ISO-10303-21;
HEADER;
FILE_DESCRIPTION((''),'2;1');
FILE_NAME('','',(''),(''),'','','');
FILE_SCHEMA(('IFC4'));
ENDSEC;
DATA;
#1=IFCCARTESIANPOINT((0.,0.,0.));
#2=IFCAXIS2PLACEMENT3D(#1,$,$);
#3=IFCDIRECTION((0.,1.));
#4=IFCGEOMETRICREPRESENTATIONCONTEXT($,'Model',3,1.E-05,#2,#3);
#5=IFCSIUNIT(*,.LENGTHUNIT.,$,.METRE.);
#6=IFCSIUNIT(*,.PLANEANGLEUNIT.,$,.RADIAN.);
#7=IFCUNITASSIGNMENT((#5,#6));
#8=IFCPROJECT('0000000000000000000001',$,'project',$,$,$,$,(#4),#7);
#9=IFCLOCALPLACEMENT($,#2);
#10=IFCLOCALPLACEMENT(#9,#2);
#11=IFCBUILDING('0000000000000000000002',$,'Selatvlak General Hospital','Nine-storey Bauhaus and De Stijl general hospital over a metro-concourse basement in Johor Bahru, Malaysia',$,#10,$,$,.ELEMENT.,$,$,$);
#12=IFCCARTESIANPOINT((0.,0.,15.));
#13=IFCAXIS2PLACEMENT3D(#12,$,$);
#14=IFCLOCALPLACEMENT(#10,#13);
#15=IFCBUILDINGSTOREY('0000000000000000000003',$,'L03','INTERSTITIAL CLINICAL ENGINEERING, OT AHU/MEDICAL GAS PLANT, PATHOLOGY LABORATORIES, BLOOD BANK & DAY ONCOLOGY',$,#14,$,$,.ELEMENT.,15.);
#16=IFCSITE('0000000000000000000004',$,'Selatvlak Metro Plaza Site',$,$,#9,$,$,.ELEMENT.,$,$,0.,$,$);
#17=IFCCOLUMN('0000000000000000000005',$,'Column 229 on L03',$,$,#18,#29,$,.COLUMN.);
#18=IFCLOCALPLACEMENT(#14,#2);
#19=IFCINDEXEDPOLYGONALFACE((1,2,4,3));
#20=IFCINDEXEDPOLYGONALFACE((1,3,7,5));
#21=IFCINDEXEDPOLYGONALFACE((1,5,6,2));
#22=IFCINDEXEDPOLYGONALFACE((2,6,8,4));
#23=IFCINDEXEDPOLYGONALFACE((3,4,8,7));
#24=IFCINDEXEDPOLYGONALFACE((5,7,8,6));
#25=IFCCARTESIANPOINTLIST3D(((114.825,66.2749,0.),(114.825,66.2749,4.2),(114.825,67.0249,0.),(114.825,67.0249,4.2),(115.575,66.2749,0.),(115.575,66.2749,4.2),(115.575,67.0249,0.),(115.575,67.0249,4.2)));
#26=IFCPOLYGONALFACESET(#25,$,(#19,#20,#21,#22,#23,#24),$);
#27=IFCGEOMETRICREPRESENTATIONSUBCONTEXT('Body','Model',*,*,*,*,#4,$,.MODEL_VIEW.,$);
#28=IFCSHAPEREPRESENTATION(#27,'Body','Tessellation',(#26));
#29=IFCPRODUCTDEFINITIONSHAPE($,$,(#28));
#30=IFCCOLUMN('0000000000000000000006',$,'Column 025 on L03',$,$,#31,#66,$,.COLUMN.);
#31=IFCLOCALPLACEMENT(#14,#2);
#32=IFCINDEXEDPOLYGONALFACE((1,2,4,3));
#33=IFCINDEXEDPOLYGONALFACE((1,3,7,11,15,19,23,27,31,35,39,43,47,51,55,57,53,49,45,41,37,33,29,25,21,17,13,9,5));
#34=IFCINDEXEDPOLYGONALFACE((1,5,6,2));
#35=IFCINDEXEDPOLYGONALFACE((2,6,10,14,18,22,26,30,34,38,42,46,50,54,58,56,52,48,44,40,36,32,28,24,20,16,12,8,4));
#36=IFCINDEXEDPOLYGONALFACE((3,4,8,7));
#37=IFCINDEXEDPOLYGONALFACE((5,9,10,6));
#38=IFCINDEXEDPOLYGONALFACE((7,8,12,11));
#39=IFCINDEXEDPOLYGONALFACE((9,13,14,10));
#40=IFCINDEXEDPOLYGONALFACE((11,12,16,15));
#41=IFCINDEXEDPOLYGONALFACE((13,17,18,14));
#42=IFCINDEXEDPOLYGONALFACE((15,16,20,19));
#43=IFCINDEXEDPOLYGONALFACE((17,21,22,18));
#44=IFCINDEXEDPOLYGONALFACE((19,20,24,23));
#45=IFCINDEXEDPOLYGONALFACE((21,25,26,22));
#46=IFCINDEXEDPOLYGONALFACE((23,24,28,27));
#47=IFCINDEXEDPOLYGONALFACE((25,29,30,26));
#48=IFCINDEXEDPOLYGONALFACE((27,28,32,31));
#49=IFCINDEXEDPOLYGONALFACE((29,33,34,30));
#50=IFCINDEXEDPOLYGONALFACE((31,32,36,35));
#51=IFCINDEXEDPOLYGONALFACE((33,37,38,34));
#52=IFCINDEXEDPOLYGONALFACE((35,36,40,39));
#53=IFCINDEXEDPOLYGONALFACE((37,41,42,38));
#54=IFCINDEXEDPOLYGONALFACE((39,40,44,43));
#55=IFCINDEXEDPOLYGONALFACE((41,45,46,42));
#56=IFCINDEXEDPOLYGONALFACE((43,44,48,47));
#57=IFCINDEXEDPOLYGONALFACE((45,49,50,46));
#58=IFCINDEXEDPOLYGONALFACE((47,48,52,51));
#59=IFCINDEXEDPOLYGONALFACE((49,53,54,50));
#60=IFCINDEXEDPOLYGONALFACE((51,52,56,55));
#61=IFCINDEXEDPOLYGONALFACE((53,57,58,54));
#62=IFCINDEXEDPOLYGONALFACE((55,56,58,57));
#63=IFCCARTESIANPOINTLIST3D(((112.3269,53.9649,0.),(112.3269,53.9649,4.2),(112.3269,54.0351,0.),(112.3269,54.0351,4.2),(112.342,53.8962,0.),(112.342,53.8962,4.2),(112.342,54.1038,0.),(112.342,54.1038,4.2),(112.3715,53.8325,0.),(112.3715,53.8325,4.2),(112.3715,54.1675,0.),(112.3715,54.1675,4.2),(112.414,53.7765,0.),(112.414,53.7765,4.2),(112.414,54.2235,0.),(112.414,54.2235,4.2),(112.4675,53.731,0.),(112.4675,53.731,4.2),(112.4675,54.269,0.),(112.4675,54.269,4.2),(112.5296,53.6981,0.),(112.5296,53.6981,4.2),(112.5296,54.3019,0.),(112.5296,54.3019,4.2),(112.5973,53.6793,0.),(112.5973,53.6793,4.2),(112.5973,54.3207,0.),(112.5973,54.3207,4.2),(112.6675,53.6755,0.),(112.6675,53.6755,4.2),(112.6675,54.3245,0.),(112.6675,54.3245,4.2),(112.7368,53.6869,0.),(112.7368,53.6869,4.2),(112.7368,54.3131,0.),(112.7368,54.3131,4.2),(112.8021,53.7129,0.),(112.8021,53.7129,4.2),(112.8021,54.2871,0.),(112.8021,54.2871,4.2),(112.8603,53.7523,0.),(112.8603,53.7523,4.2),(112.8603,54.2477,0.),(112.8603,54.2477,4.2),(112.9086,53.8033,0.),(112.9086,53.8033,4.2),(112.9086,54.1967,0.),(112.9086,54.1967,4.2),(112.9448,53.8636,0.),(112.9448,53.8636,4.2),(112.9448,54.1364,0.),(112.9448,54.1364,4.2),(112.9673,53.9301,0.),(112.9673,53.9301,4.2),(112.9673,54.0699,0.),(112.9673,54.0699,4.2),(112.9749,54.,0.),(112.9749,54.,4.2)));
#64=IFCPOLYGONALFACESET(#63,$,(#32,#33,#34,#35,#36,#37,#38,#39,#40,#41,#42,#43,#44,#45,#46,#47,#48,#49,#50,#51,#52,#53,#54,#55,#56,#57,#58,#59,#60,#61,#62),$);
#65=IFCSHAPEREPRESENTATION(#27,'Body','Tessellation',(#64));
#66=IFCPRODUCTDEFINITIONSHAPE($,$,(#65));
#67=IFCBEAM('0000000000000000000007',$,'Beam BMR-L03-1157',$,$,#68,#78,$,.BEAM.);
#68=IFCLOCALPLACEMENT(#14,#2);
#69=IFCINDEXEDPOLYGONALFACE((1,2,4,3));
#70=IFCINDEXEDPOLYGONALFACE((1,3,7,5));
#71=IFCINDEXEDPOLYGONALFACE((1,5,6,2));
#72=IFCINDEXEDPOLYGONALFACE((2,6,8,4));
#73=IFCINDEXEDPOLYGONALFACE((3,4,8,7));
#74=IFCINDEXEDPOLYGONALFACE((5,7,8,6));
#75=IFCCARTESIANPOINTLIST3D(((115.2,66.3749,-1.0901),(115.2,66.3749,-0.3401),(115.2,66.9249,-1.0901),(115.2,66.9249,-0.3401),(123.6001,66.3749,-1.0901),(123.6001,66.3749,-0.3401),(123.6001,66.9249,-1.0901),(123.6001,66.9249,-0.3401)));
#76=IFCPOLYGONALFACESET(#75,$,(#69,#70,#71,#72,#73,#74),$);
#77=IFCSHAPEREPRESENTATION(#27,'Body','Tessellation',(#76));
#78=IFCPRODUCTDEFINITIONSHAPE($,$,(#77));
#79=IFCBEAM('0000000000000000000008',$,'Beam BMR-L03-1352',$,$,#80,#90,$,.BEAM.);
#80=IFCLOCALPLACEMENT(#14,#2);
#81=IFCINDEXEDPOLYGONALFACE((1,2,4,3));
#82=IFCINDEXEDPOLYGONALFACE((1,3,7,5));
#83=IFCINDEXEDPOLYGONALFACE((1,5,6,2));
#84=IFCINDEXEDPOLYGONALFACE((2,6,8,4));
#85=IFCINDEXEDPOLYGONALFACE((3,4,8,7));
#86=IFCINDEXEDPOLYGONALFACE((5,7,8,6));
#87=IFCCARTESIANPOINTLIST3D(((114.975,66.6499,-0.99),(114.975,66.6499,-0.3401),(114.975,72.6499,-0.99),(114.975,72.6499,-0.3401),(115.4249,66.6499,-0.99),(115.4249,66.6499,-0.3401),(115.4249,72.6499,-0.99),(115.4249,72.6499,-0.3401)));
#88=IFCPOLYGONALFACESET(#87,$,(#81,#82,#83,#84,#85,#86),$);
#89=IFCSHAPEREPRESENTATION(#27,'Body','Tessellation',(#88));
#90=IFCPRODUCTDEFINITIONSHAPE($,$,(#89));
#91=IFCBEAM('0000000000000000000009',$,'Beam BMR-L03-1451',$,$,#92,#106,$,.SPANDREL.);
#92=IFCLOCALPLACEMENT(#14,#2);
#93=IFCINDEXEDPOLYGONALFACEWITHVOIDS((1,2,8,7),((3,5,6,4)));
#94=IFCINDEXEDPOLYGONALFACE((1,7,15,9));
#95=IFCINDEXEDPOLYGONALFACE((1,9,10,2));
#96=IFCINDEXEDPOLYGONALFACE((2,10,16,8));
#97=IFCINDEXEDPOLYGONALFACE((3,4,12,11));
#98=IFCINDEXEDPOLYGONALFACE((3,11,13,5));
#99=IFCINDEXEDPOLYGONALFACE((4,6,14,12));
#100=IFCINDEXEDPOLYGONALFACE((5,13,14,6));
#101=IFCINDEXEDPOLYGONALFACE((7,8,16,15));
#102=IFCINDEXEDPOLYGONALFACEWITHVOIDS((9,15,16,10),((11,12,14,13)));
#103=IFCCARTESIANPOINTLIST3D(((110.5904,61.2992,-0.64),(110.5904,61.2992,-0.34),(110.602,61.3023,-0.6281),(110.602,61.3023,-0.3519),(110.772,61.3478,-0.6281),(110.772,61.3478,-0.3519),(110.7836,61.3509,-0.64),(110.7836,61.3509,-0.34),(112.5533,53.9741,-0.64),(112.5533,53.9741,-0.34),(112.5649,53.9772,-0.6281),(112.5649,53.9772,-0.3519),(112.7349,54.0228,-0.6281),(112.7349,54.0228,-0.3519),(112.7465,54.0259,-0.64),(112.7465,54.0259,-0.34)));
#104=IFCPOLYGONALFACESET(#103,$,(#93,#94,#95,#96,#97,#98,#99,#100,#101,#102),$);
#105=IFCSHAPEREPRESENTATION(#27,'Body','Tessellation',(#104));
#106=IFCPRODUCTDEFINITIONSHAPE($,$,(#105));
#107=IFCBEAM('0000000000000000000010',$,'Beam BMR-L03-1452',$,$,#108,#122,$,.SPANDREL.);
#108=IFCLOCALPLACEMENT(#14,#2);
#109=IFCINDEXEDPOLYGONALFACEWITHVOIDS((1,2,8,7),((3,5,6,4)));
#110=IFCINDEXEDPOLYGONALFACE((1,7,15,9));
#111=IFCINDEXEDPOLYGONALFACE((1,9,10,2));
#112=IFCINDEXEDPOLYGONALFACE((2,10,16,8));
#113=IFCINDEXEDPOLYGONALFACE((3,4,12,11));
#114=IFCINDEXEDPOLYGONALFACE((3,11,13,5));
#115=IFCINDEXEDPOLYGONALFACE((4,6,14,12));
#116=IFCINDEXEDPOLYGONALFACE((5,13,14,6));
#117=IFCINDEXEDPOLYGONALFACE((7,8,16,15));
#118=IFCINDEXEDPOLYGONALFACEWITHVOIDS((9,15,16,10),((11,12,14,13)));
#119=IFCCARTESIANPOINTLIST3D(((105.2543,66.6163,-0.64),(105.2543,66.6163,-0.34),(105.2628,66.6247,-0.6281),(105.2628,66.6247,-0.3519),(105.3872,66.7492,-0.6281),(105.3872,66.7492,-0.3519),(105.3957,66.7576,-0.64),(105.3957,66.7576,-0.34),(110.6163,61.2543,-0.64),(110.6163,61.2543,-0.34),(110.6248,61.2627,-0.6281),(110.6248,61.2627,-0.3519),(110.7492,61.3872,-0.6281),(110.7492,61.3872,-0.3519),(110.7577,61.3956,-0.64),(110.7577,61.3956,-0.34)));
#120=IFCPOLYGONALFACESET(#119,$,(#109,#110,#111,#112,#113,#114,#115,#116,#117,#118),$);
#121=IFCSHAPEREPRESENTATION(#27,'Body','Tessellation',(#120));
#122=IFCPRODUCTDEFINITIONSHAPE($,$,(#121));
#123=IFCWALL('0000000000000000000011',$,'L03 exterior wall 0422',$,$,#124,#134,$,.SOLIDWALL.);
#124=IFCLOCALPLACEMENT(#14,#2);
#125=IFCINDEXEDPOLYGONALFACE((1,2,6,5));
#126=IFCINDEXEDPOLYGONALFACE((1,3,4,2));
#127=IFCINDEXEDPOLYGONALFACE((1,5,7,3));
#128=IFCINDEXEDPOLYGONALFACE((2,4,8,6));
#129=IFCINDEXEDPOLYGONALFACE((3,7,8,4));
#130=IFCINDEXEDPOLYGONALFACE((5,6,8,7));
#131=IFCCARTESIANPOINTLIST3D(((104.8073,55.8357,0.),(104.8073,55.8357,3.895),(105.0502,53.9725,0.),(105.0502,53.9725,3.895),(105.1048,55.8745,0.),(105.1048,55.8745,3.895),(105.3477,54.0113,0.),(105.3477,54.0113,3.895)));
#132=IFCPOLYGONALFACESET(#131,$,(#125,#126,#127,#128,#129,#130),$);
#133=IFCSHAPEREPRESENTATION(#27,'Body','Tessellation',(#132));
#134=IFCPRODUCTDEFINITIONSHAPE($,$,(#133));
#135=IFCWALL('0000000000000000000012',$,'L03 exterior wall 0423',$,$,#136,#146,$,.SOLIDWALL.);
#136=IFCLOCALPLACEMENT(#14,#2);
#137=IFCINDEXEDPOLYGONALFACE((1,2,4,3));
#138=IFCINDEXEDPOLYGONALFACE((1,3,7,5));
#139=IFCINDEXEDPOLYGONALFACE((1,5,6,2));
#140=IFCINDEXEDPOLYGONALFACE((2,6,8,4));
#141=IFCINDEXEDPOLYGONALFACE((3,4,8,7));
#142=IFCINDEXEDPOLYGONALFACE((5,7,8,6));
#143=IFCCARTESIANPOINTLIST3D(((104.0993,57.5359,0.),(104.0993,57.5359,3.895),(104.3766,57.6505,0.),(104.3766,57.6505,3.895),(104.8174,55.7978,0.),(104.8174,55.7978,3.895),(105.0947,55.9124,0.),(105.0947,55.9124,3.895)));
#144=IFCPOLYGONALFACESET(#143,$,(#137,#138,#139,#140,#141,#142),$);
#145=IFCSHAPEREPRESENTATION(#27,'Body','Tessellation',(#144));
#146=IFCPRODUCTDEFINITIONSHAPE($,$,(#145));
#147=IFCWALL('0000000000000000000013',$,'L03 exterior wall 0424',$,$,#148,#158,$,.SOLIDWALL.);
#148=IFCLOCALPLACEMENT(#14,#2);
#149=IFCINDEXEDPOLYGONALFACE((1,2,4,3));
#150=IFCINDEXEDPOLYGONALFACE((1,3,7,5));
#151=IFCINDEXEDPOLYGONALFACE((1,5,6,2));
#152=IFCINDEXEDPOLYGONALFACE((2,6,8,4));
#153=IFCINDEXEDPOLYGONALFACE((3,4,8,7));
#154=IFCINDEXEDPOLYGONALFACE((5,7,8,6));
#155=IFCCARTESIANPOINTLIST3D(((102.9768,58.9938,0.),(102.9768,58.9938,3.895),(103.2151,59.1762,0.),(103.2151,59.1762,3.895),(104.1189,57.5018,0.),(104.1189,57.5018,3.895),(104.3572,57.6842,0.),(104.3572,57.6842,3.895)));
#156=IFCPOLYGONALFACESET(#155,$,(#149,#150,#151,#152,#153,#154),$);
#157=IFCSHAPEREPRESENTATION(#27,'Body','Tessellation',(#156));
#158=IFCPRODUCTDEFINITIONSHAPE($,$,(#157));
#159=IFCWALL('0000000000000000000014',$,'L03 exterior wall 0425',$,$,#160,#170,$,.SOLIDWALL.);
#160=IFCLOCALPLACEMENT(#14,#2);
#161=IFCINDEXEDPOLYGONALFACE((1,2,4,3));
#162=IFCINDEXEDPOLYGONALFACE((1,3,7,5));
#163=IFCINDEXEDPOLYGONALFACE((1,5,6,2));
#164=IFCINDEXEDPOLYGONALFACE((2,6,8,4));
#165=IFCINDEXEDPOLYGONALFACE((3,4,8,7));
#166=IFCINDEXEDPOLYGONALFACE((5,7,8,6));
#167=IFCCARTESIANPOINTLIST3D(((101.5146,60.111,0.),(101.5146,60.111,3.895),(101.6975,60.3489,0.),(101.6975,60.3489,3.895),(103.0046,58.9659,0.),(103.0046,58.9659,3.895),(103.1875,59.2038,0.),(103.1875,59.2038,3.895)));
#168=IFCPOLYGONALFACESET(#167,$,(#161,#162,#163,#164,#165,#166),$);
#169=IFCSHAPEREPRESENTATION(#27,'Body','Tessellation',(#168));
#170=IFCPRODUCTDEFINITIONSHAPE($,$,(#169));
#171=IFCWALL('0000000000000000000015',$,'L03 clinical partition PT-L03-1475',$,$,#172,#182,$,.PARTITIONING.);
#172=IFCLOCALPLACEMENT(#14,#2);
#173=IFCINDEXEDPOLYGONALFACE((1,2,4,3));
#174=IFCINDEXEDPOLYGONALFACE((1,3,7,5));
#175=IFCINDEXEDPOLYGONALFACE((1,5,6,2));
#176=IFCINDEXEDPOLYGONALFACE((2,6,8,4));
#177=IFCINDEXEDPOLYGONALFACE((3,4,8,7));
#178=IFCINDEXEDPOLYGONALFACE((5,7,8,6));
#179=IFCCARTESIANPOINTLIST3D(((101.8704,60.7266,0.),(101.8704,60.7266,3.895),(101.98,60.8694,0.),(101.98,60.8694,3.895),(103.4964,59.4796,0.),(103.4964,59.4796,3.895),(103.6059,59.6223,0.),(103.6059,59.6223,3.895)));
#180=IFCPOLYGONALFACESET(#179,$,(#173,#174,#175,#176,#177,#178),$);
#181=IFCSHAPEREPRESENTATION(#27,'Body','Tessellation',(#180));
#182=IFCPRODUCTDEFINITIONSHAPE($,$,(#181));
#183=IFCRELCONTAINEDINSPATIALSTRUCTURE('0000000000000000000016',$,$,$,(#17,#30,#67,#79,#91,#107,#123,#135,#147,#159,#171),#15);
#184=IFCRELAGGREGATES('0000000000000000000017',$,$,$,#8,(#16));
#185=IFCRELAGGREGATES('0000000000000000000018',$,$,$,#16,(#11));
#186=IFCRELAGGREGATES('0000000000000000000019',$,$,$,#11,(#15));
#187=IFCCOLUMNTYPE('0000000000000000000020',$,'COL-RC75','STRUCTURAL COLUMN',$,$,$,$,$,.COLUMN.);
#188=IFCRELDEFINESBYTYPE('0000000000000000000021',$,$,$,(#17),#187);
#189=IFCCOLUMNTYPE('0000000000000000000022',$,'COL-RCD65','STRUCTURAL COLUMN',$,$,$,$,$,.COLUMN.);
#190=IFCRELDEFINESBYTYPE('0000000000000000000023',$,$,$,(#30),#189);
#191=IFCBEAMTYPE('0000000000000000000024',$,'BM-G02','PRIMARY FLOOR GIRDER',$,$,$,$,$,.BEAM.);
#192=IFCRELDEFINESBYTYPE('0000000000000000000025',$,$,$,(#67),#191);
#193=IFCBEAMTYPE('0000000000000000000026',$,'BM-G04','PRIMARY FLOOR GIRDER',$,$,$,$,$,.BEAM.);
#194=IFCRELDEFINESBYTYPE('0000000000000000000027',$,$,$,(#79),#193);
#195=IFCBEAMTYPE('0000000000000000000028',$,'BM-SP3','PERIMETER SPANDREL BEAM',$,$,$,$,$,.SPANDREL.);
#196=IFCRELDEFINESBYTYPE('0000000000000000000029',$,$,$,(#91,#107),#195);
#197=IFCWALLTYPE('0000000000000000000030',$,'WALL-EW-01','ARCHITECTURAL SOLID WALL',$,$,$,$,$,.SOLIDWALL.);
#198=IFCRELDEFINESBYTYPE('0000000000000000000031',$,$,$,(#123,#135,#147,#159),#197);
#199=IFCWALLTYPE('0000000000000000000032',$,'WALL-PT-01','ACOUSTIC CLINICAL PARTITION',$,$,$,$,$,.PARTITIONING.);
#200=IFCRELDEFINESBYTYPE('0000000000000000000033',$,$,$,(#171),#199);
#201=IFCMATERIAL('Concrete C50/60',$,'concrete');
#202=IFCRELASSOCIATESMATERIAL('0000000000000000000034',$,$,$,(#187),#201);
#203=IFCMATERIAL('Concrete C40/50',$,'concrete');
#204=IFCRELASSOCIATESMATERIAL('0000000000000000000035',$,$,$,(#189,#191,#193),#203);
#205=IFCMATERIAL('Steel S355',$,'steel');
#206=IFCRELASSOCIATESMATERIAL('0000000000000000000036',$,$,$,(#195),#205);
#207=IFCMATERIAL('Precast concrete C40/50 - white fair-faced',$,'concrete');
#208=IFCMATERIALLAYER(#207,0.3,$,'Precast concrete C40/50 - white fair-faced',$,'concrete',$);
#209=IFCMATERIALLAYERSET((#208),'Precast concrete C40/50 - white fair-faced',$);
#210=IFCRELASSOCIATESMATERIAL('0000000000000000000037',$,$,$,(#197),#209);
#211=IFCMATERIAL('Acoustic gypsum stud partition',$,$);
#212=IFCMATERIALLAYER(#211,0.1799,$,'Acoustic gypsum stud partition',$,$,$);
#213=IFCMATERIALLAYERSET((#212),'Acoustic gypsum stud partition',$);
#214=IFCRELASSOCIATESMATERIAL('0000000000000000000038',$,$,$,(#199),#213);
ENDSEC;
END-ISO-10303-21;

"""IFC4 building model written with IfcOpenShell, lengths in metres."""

from ifc_helpers import new_model, si_unit, direction, frame, frame_2d, origin, origin_2d, place, context, subcontext, project, spatial, rectangle, hollow_rectangle, circle, extrude, material, layer, layer_set, material_profile, profile_set, type_object, element, save


model = new_model("IFC4")

# Units and contexts
model_context = context("Model", 3, precision=1e-05, world=origin(), true_north=direction((0.0, 1.0)))
body_context = subcontext(model_context, "Body", "Model", "MODEL_VIEW")
ifc_project = project(units=[si_unit("LENGTHUNIT", "METRE"), si_unit("PLANEANGLEUNIT", "RADIAN")], contexts=[model_context])

# Site, building, storey
site_placement = place(None, origin())
site = spatial("IfcSite", under=ifc_project, at=site_placement, Name="Selatvlak Metro Plaza Site", CompositionType="ELEMENT", RefElevation=0.0)
building_placement = place(site_placement, origin())
building = spatial("IfcBuilding", under=site, at=building_placement, Name="Selatvlak General Hospital", Description="Nine-storey Bauhaus and De Stijl general hospital over a metro-concourse basement in Johor Bahru, Malaysia", CompositionType="ELEMENT")
storey_placement = place(building_placement, frame((0.0, 0.0, 15.0)))
storey = spatial("IfcBuildingStorey", under=building, at=storey_placement, Name="L03", Description="INTERSTITIAL CLINICAL ENGINEERING, OT AHU/MEDICAL GAS PLANT, PATHOLOGY LABORATORIES, BLOOD BANK & DAY ONCOLOGY", CompositionType="ELEMENT", Elevation=15.0)

# Columns
ifc_material_1 = material(Name="Concrete C50/60", Category="concrete")
ifc_material_profile_1 = material_profile(ifc_material_1, rectangle(XDim=0.75, YDim=0.75, at=origin_2d()), Name="RC-COL 750x750")
ifc_profile_set_1 = profile_set([ifc_material_profile_1], Name="Concrete C50/60")
column_type_1 = type_object("IfcColumnType", Name="COL-RC75", Description="STRUCTURAL COLUMN", PredefinedType="COLUMN", material=ifc_profile_set_1)
column_placement = place(storey_placement, frame((115.2, 66.6499, 0.0), z_axis=(0.0, 0.0, 1.0), x_axis=(1.0, 0.0, 0.0)))
element("IfcColumn", 1, at=column_placement, inside=storey, type_object=column_type_1, Name="Column 229 on L03", PredefinedType="COLUMN", context=body_context, shape_type="SweptSolid", body=[
    extrude(rectangle(XDim=0.75, YDim=0.75, at=origin_2d()), origin(), (0.0, 0.0, 1.0), 4.2),
])
ifc_material_2 = material(Name="Concrete C40/50", Category="concrete")
ifc_material_profile_2 = material_profile(ifc_material_2, circle(Radius=0.325, at=origin_2d()), Name="RC-COL D650")
ifc_profile_set_2 = profile_set([ifc_material_profile_2], Name="Concrete C40/50")
column_type_2 = type_object("IfcColumnType", Name="COL-RCD65", Description="STRUCTURAL COLUMN", PredefinedType="COLUMN", material=ifc_profile_set_2)
for number, where, z_axis, x_axis, name in (
    (2, (112.6499, 54.0, 0.0), (0.0, 0.0, 1.0), (1.0, 0.0, 0.0), "Column 025 on L03"),
):
    element("IfcColumn", number, at=place(storey_placement, frame(where, z_axis=z_axis, x_axis=x_axis)), inside=storey, type_object=column_type_2, Name=name, PredefinedType="COLUMN", context=body_context, shape_type="SweptSolid", body=[
        extrude(circle(Radius=0.325, at=origin_2d()), origin(), (0.0, 0.0, 1.0), 4.2),
    ])

# Beams
ifc_material_profile_3 = material_profile(ifc_material_2, rectangle(XDim=0.55, YDim=0.75, at=origin_2d()), Name="RC-BM 550x750")
ifc_profile_set_3 = profile_set([ifc_material_profile_3], Name="Concrete C40/50")
beam_type_1 = type_object("IfcBeamType", Name="BM-G02", Description="PRIMARY FLOOR GIRDER", PredefinedType="BEAM", material=ifc_profile_set_3)
beam_1_placement = place(storey_placement, frame((115.2, 66.6499, -0.7151), z_axis=(1.0, 0.0, 0.0), x_axis=(0.0, 1.0, 0.0)))
element("IfcBeam", 3, at=beam_1_placement, inside=storey, type_object=beam_type_1, Name="Beam BMR-L03-1157", PredefinedType="BEAM", context=body_context, shape_type="SweptSolid", body=[
    extrude(rectangle(XDim=0.55, YDim=0.75, at=origin_2d()), origin(), (0.0, 0.0, 1.0), 8.4001),
])
ifc_material_profile_4 = material_profile(ifc_material_2, rectangle(XDim=0.45, YDim=0.6499, at=origin_2d()), Name="RC-BM 450x650")
ifc_profile_set_4 = profile_set([ifc_material_profile_4], Name="Concrete C40/50")
beam_type_2 = type_object("IfcBeamType", Name="BM-G04", Description="PRIMARY FLOOR GIRDER", PredefinedType="BEAM", material=ifc_profile_set_4)
beam_2_placement = place(storey_placement, frame((115.2, 66.6499, -0.665), z_axis=(0.0, 1.0, 0.0), x_axis=(-1.0, 0.0, 0.0)))
element("IfcBeam", 4, at=beam_2_placement, inside=storey, type_object=beam_type_2, Name="Beam BMR-L03-1352", PredefinedType="BEAM", context=body_context, shape_type="SweptSolid", body=[
    extrude(rectangle(XDim=0.45, YDim=0.6499, at=origin_2d()), origin(), (0.0, 0.0, 1.0), 6.0),
])
ifc_material_3 = material(Name="Steel S355", Category="steel")
ifc_material_profile_5 = material_profile(ifc_material_3, hollow_rectangle(XDim=0.2, YDim=0.3, WallThickness=0.012, at=origin_2d()), Name="RHS 300x200x12")
ifc_profile_set_5 = profile_set([ifc_material_profile_5], Name="Steel S355")
beam_type_3 = type_object("IfcBeamType", Name="BM-SP3", Description="PERIMETER SPANDREL BEAM", PredefinedType="SPANDREL", material=ifc_profile_set_5)
beam_3_placement = place(storey_placement, frame((112.6499, 54.0, -0.49), z_axis=(-0.258841, 0.96592, 0.0), x_axis=(-0.96592, -0.258841, 0.0)))
element("IfcBeam", 5, at=beam_3_placement, inside=storey, type_object=beam_type_3, Name="Beam BMR-L03-1451", PredefinedType="SPANDREL", context=body_context, shape_type="SweptSolid", body=[
    extrude(hollow_rectangle(XDim=0.2, YDim=0.3, WallThickness=0.012, at=origin_2d()), origin(), (0.0, 0.0, 1.0), 7.5835),
])
beam_4_placement = place(storey_placement, frame((110.687, 61.325, -0.49), z_axis=(-0.707107, 0.707107, 0.0), x_axis=(-0.707107, -0.707107, 0.0)))
element("IfcBeam", 6, at=beam_4_placement, inside=storey, type_object=beam_type_3, Name="Beam BMR-L03-1452", PredefinedType="SPANDREL", context=body_context, shape_type="SweptSolid", body=[
    extrude(hollow_rectangle(XDim=0.2, YDim=0.3, WallThickness=0.012, at=origin_2d()), origin(), (0.0, 0.0, 1.0), 7.583),
])

# Walls
ifc_material_4 = material(Name="Precast concrete C40/50 - white fair-faced", Category="concrete")
ifc_layer_1 = layer(ifc_material_4, 0.3, Name="Precast concrete C40/50 - white fair-faced", Category="concrete")
ifc_layer_set_1 = layer_set([ifc_layer_1], Name="Precast concrete C40/50 - white fair-faced")
wall_type_1 = type_object("IfcWallType", Name="WALL-EW-01", Description="ARCHITECTURAL SOLID WALL", PredefinedType="SOLIDWALL", material=ifc_layer_set_1)
wall_1_placement = place(storey_placement, frame((105.199, 53.9919, 0.0), z_axis=(0.0, 0.0, 1.0), x_axis=(-0.129295, 0.991606, 0.0)))
element("IfcWall", 7, at=wall_1_placement, inside=storey, type_object=wall_type_1, Name="L03 exterior wall 0422", PredefinedType="SOLIDWALL", context=body_context, shape_type="SweptSolid", body=[
    extrude(rectangle(XDim=1.8789, YDim=0.3, at=frame_2d((0.9395, 0.0))), origin(), (0.0, 0.0, 1.0), 3.895),
])
wall_2_placement = place(storey_placement, frame((104.9561, 55.855, 0.0), z_axis=(0.0, 0.0, 1.0), x_axis=(-0.38182, 0.924237, 0.0)))
element("IfcWall", 8, at=wall_2_placement, inside=storey, type_object=wall_type_1, Name="L03 exterior wall 0423", PredefinedType="SOLIDWALL", context=body_context, shape_type="SweptSolid", body=[
    extrude(rectangle(XDim=1.8806, YDim=0.3, at=frame_2d((0.9404, 0.0))), origin(), (0.0, 0.0, 1.0), 3.895),
])
wall_3_placement = place(storey_placement, frame((104.238, 57.593, 0.0), z_axis=(0.0, 0.0, 1.0), x_axis=(-0.60785, 0.794052, 0.0)))
element("IfcWall", 9, at=wall_3_placement, inside=storey, type_object=wall_type_1, Name="L03 exterior wall 0424", PredefinedType="SOLIDWALL", context=body_context, shape_type="SweptSolid", body=[
    extrude(rectangle(XDim=1.8789, YDim=0.3, at=frame_2d((0.9395, 0.0))), origin(), (0.0, 0.0, 1.0), 3.895),
])
wall_4_placement = place(storey_placement, frame((103.0959, 59.085, 0.0), z_axis=(0.0, 0.0, 1.0), x_axis=(-0.792914, 0.609334, 0.0)))
element("IfcWall", 10, at=wall_4_placement, inside=storey, type_object=wall_type_1, Name="L03 exterior wall 0425", PredefinedType="SOLIDWALL", context=body_context, shape_type="SweptSolid", body=[
    extrude(rectangle(XDim=1.8792, YDim=0.3, at=frame_2d((0.9395, 0.0))), origin(), (0.0, 0.0, 1.0), 3.895),
])
ifc_material_5 = material(Name="Acoustic gypsum stud partition")
ifc_layer_2 = layer(ifc_material_5, 0.1799, Name="Acoustic gypsum stud partition")
ifc_layer_set_2 = layer_set([ifc_layer_2], Name="Acoustic gypsum stud partition")
wall_type_2 = type_object("IfcWallType", Name="WALL-PT-01", Description="ACOUSTIC CLINICAL PARTITION", PredefinedType="PARTITIONING", material=ifc_layer_set_2)
wall_5_placement = place(storey_placement, frame((103.551, 59.551, 0.0), z_axis=(0.0, 0.0, 1.0), x_axis=(-0.793491, 0.608582, 0.0)))
element("IfcWall", 11, at=wall_5_placement, inside=storey, type_object=wall_type_2, Name="L03 clinical partition PT-L03-1475", PredefinedType="PARTITIONING", context=body_context, shape_type="SweptSolid", body=[
    extrude(rectangle(XDim=2.0491, YDim=0.1799, at=frame_2d((1.0244, 0.0))), origin(), (0.0, 0.0, 1.0), 3.895),
])

save(model, "model.ifc")
